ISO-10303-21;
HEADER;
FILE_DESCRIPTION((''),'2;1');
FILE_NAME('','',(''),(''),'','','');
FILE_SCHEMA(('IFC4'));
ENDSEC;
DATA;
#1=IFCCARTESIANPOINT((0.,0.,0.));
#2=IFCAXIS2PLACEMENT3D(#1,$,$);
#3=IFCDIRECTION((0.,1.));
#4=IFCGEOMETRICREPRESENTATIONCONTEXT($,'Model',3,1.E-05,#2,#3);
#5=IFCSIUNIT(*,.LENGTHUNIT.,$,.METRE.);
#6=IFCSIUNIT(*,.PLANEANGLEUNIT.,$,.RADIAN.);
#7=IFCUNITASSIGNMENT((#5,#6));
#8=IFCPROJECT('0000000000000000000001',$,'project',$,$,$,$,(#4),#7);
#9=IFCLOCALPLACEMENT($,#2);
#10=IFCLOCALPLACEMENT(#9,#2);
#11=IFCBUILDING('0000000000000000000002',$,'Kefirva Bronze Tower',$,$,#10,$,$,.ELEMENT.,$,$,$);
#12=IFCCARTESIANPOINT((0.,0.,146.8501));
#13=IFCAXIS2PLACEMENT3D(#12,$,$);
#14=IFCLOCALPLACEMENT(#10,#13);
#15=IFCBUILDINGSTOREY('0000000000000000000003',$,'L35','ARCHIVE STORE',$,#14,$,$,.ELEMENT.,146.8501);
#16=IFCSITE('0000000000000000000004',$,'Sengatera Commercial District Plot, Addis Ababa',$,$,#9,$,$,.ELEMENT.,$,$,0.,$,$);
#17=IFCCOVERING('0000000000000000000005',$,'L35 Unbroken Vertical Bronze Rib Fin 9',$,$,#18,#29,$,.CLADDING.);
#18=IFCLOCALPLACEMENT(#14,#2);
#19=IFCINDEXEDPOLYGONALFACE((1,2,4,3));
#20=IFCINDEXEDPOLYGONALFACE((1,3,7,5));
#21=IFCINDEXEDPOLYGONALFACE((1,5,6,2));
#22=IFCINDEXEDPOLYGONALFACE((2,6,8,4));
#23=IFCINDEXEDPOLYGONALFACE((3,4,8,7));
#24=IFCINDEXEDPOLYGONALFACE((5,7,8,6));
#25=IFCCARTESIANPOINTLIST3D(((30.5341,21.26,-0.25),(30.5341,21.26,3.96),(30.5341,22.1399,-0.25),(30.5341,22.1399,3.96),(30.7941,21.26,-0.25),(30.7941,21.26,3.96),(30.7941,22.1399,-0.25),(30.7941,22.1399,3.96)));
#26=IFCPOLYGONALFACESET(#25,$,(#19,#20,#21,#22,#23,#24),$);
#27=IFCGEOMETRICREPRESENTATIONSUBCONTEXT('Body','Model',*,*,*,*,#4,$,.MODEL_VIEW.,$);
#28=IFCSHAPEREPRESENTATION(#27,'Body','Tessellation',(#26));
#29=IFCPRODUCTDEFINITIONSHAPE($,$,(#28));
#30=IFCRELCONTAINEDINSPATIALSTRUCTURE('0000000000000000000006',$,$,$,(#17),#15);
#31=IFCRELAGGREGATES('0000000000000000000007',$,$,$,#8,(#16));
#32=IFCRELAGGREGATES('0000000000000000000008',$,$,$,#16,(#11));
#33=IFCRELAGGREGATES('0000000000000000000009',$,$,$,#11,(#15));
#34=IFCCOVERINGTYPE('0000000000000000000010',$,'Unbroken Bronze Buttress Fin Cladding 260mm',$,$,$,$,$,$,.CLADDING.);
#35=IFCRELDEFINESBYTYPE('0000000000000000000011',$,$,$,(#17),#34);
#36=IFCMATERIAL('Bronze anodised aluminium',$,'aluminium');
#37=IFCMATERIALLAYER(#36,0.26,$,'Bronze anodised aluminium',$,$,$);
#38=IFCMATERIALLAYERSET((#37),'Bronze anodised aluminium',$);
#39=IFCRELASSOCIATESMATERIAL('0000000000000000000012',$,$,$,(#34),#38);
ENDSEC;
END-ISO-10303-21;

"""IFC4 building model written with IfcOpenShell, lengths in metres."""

from ifc_helpers import new_model, si_unit, direction, frame, origin, origin_2d, place, context, subcontext, project, spatial, rectangle, extrude, material, layer, layer_set, type_object, element, save


model = new_model("IFC4")

# Units and contexts
model_context = context("Model", 3, precision=1e-05, world=origin(), true_north=direction((0.0, 1.0)))
body_context = subcontext(model_context, "Body", "Model", "MODEL_VIEW")
ifc_project = project(units=[si_unit("LENGTHUNIT", "METRE"), si_unit("PLANEANGLEUNIT", "RADIAN")], contexts=[model_context])

# Site, building, storey
site_placement = place(None, origin())
site = spatial("IfcSite", under=ifc_project, at=site_placement, Name="Sengatera Commercial District Plot, Addis Ababa", CompositionType="ELEMENT", RefElevation=0.0)
building_placement = place(site_placement, origin())
building = spatial("IfcBuilding", under=site, at=building_placement, Name="Kefirva Bronze Tower", CompositionType="ELEMENT")
storey_placement = place(building_placement, frame((0.0, 0.0, 146.8501)))
storey = spatial("IfcBuildingStorey", under=building, at=storey_placement, Name="L35", Description="ARCHIVE STORE", CompositionType="ELEMENT", Elevation=146.8501)

# Shared definitions
ifc_material_1 = material(Name="Bronze anodised aluminium", Category="aluminium")

# Covering
ifc_layer_1 = layer(ifc_material_1, 0.26, Name="Bronze anodised aluminium")
ifc_layer_set_1 = layer_set([ifc_layer_1], Name="Bronze anodised aluminium")
covering_type_1 = type_object("IfcCoveringType", Name="Unbroken Bronze Buttress Fin Cladding 260mm", PredefinedType="CLADDING", material=ifc_layer_set_1)
covering_1_placement = place(storey_placement, frame((30.6641, 21.7, -0.25), z_axis=(0.0, 0.0, 1.0), x_axis=(1.0, 0.0, 0.0)))
element("IfcCovering", 1, at=covering_1_placement, inside=storey, type_object=covering_type_1, Name="L35 Unbroken Vertical Bronze Rib Fin 9", PredefinedType="CLADDING", context=body_context, shape_type="SweptSolid", body=[
    extrude(rectangle(XDim=0.26, YDim=0.8799, at=origin_2d()), origin(), (0.0, 0.0, 1.0), 4.21),
])

save(model, "model.ifc")
